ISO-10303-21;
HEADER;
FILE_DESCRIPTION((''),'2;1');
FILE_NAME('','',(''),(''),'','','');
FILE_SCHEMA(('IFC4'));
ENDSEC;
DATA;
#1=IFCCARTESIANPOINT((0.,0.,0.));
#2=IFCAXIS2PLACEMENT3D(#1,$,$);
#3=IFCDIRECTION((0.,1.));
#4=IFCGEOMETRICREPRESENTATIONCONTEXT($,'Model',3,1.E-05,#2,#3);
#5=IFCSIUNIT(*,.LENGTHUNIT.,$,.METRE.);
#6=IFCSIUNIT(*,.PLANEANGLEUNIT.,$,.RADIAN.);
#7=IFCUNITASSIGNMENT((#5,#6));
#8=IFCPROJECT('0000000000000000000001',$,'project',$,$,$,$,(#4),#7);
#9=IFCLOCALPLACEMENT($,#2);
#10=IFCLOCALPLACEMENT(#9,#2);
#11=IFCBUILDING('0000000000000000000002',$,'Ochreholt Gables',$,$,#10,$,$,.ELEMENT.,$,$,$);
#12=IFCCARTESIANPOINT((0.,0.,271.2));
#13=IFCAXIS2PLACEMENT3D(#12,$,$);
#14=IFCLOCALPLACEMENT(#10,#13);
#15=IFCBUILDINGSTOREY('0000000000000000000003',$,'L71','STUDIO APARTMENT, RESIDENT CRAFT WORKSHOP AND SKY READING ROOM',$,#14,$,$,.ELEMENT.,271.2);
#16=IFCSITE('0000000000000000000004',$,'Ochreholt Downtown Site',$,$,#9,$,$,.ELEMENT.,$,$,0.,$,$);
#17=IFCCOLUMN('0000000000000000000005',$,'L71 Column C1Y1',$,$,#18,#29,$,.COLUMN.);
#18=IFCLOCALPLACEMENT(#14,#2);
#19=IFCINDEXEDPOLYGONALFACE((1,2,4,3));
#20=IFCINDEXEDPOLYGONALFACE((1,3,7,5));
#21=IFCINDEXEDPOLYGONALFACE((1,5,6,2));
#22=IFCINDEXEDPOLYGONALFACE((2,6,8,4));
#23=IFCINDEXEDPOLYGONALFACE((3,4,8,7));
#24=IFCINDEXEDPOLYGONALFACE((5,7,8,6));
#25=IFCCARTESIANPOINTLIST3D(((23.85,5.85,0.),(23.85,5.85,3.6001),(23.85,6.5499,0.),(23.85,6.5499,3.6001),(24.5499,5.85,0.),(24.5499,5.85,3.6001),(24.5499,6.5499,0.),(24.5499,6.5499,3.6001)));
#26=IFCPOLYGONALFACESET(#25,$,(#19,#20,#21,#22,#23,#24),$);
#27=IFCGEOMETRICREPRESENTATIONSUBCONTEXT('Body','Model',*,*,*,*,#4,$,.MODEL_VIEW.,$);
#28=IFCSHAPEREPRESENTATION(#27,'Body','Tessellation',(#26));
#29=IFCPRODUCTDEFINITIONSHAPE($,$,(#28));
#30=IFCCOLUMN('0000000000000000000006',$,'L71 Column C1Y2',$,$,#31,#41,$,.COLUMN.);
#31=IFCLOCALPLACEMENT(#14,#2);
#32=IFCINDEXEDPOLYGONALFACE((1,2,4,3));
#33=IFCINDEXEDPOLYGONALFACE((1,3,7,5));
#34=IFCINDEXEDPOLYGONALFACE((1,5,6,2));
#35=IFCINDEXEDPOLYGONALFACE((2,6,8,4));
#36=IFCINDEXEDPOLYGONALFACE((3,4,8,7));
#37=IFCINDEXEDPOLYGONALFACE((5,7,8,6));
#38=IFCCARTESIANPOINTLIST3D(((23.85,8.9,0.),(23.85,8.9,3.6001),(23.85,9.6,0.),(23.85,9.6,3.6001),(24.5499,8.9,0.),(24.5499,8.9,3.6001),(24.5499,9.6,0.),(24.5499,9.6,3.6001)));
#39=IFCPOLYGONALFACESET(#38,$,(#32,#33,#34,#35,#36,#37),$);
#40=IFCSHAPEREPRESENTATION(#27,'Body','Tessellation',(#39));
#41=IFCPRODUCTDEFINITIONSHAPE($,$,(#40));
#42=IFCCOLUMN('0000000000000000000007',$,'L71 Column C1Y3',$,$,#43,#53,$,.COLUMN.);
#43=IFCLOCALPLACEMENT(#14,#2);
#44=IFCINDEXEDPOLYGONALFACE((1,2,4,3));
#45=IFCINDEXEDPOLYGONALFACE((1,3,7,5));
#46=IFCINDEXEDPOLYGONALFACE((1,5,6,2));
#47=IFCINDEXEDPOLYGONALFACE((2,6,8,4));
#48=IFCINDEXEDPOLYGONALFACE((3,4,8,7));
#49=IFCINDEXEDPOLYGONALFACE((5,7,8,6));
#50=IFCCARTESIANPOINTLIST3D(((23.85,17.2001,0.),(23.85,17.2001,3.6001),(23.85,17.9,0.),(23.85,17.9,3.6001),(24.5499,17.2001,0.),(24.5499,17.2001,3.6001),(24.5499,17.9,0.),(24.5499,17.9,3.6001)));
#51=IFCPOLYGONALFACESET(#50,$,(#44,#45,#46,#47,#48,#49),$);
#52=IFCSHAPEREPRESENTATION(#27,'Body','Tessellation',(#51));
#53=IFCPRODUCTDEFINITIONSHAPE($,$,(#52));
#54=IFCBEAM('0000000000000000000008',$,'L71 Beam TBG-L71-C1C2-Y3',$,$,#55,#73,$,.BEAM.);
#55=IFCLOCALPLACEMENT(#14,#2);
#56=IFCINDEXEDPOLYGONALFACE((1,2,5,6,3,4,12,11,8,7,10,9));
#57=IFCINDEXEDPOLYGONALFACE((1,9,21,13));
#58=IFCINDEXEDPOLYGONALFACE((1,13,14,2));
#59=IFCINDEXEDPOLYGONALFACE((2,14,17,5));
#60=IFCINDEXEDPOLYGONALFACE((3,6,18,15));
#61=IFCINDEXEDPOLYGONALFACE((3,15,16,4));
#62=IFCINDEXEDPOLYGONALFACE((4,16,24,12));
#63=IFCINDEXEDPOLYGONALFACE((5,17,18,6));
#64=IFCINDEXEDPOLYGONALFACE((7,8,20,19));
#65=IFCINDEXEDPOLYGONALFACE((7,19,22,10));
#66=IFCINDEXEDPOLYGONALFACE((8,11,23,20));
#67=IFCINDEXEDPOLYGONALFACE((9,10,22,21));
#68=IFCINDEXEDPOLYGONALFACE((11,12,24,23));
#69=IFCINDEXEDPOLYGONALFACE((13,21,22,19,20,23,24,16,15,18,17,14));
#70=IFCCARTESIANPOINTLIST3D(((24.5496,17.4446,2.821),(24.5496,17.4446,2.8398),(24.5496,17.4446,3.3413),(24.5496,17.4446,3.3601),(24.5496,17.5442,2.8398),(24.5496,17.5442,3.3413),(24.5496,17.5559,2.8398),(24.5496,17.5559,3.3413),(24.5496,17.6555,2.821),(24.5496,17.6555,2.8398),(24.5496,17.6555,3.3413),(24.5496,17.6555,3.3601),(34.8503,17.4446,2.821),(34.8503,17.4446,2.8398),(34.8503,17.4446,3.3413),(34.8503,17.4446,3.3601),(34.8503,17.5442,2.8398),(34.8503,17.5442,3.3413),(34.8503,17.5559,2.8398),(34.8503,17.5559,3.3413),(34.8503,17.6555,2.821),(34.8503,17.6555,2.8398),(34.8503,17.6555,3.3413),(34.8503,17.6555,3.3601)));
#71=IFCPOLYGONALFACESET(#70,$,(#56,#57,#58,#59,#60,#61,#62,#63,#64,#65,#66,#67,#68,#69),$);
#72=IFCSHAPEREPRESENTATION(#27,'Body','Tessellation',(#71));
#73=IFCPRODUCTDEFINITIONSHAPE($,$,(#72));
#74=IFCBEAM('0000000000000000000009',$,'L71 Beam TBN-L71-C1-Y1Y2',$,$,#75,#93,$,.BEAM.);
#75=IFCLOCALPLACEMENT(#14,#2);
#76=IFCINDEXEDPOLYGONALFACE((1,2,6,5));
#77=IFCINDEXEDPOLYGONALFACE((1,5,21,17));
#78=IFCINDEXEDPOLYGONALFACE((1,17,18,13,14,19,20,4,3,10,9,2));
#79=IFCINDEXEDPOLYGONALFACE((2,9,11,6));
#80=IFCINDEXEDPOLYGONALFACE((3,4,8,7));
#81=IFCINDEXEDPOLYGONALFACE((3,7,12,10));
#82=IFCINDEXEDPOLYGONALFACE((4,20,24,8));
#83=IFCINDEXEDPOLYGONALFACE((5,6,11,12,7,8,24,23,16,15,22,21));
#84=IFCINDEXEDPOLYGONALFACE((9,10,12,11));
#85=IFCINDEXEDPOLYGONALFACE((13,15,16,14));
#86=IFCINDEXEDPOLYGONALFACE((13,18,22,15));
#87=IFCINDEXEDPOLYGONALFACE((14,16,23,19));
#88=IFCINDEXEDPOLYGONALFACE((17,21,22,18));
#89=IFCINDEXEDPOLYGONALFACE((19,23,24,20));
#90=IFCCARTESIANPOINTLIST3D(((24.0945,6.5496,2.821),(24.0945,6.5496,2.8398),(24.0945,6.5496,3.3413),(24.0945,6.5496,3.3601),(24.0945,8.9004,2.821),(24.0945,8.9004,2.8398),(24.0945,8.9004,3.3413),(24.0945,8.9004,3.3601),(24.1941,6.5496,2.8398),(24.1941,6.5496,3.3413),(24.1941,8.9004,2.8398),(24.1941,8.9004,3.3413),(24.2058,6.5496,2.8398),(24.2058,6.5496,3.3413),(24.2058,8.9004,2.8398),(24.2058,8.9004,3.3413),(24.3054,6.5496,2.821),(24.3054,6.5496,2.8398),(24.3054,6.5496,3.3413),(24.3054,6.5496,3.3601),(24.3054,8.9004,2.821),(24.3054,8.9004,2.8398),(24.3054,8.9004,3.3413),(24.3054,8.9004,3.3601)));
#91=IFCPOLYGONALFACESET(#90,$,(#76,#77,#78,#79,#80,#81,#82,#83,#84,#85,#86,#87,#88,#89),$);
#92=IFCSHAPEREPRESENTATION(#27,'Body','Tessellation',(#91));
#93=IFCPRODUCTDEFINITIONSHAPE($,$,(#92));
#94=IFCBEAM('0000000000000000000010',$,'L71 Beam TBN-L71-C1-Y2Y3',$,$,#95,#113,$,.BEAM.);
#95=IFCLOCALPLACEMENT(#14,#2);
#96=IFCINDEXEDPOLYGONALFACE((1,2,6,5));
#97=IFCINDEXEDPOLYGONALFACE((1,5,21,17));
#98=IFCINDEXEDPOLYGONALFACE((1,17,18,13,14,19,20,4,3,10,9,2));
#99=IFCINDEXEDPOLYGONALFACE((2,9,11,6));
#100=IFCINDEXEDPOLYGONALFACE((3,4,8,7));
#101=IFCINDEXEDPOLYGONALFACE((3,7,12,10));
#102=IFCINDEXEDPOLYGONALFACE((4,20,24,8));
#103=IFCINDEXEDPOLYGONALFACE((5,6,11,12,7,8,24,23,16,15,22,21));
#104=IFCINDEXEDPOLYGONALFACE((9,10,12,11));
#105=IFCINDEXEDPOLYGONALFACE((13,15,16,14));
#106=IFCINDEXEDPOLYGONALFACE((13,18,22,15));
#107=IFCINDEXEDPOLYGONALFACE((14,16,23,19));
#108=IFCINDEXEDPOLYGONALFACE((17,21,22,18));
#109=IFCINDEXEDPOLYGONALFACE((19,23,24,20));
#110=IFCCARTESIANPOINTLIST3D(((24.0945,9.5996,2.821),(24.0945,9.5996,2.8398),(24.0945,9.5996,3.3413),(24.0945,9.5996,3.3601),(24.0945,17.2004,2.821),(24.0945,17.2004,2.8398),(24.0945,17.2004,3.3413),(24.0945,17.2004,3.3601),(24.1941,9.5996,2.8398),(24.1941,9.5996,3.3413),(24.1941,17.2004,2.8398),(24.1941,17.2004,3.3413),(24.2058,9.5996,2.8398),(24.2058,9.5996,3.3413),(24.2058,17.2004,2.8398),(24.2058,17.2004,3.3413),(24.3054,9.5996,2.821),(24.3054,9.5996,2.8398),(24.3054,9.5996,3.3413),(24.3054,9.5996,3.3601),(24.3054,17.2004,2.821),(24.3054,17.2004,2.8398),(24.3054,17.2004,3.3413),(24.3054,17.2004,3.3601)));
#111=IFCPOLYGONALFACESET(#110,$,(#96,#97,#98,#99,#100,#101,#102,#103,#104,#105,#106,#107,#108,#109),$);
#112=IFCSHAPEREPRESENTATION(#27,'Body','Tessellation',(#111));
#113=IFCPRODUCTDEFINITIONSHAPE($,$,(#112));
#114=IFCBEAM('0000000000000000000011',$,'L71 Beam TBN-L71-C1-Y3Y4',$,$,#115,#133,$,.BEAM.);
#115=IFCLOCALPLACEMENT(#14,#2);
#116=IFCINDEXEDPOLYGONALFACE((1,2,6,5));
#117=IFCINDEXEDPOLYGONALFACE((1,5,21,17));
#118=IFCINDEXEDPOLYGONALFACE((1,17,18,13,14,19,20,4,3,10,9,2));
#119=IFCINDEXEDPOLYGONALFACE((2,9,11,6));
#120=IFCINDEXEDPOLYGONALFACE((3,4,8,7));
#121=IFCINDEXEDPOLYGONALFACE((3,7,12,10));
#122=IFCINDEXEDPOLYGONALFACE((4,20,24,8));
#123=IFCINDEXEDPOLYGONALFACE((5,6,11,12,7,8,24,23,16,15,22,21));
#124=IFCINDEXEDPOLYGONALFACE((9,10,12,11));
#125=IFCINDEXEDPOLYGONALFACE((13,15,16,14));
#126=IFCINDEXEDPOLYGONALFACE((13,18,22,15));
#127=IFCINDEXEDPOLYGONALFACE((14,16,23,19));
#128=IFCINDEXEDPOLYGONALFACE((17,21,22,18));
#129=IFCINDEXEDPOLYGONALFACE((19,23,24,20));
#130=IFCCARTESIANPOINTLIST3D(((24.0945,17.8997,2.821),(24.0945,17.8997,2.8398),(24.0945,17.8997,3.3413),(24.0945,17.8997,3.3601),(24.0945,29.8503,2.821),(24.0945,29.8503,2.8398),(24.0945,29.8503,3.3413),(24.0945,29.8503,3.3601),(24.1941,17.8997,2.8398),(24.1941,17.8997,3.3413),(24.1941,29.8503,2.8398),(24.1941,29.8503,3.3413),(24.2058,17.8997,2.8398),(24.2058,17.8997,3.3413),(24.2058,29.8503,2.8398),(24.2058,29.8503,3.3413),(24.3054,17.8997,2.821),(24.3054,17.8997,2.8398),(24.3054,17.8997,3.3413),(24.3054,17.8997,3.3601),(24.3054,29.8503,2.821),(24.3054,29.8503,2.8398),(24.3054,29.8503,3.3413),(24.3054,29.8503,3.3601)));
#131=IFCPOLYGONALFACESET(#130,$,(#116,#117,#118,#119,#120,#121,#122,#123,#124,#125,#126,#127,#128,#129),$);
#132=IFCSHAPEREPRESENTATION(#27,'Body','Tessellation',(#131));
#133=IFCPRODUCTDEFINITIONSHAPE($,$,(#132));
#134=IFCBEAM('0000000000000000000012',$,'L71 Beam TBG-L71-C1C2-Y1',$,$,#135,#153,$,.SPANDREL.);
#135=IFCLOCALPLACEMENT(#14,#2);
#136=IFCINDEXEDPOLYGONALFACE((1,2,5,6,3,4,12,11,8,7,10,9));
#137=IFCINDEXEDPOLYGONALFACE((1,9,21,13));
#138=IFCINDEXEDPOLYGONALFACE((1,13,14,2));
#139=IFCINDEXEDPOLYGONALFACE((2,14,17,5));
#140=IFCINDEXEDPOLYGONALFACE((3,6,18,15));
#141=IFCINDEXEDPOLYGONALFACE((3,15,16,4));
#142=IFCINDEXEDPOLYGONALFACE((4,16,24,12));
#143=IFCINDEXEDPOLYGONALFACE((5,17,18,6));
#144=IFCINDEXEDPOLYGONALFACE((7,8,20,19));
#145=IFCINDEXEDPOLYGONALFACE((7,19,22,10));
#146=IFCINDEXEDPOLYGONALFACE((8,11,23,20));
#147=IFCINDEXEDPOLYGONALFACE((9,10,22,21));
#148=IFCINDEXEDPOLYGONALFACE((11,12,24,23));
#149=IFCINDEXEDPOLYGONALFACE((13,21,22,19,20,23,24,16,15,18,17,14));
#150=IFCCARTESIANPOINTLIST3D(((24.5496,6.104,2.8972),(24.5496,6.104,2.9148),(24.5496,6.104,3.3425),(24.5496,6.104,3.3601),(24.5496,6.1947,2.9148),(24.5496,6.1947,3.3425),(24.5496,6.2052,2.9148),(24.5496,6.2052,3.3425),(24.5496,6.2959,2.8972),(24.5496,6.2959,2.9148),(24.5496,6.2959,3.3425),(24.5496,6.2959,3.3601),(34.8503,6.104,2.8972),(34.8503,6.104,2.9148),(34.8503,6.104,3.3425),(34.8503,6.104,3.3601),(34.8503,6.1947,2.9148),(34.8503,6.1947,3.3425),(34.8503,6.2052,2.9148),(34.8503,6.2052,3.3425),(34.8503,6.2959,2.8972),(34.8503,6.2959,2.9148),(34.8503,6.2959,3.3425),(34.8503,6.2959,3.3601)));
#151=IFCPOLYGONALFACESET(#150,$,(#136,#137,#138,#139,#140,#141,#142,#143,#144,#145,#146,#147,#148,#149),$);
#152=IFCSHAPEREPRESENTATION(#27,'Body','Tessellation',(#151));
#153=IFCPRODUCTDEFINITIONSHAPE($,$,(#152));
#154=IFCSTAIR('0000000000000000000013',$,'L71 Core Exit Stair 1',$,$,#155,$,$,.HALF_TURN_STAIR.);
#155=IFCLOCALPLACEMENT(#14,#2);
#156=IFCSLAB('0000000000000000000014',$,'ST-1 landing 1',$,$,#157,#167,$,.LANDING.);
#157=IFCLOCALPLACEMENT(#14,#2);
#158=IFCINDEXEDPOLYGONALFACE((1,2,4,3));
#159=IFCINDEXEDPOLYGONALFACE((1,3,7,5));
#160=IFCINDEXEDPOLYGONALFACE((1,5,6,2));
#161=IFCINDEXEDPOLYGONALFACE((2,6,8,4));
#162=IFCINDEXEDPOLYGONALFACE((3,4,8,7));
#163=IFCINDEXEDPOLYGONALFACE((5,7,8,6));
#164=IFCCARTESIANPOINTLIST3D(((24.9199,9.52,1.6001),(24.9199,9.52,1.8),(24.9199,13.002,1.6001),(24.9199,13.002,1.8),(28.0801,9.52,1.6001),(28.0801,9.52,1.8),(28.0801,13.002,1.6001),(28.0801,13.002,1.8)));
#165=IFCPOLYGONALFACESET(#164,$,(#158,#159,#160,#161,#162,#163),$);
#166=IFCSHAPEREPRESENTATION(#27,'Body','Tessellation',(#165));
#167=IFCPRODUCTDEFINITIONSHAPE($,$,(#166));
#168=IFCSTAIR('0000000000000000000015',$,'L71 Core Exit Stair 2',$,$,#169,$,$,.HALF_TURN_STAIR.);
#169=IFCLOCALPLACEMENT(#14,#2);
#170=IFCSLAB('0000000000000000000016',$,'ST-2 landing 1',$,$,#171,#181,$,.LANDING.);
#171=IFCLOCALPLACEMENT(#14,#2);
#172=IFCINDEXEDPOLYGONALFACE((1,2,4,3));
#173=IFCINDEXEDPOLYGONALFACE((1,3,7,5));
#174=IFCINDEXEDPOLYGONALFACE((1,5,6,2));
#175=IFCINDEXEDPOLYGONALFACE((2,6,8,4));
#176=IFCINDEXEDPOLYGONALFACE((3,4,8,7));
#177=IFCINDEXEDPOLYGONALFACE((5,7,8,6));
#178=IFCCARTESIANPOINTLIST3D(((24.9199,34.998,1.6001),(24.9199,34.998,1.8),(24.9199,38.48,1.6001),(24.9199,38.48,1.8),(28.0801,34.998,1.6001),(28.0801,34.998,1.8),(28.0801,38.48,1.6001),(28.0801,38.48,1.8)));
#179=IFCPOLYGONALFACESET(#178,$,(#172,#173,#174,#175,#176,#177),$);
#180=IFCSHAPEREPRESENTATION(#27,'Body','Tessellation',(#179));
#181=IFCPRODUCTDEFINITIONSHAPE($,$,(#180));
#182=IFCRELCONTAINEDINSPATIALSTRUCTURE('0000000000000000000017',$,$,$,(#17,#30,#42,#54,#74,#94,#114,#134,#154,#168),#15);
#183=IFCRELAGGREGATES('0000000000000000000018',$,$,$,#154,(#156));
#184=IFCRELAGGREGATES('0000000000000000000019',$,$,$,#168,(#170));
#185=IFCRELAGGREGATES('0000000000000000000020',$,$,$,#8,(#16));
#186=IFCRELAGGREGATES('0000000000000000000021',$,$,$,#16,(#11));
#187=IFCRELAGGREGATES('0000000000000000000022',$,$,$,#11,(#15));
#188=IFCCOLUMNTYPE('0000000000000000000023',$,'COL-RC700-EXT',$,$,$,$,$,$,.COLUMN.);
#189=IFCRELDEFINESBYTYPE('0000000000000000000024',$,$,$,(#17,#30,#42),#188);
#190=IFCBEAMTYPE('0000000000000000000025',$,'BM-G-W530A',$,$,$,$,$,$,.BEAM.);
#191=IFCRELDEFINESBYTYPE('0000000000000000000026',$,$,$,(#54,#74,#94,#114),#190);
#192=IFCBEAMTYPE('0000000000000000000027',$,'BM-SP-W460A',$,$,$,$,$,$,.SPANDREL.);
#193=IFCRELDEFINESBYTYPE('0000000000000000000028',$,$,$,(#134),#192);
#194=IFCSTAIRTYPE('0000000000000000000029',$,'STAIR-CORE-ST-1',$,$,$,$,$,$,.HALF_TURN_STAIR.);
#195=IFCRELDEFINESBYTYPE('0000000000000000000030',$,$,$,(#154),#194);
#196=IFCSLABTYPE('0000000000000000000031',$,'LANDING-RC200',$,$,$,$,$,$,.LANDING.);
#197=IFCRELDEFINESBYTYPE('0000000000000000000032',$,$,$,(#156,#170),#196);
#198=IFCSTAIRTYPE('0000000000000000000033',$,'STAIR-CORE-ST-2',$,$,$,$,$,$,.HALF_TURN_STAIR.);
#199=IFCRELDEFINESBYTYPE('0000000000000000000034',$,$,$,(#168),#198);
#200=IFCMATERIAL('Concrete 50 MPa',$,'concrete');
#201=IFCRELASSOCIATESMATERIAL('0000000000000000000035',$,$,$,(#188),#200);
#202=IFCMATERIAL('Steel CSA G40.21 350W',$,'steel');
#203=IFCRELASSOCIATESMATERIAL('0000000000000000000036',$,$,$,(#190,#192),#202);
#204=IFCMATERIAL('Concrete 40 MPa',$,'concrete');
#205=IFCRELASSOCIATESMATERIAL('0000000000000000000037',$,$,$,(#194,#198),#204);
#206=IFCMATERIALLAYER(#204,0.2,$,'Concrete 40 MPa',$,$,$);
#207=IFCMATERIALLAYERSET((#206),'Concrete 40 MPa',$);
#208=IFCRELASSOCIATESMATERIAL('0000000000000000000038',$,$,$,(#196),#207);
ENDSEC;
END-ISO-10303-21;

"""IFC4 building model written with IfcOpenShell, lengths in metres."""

from ifc_helpers import new_model, si_unit, direction, frame, origin, origin_2d, place, context, subcontext, project, spatial, polyline, rectangle, i_section, outline, extrude, material, layer, layer_set, material_profile, profile_set, type_object, element, aggregate, save


model = new_model("IFC4")

# Units and contexts
model_context = context("Model", 3, precision=1e-05, world=origin(), true_north=direction((0.0, 1.0)))
body_context = subcontext(model_context, "Body", "Model", "MODEL_VIEW")
ifc_project = project(units=[si_unit("LENGTHUNIT", "METRE"), si_unit("PLANEANGLEUNIT", "RADIAN")], contexts=[model_context])

# Site, building, storey
site_placement = place(None, origin())
site = spatial("IfcSite", under=ifc_project, at=site_placement, Name="Ochreholt Downtown Site", CompositionType="ELEMENT", RefElevation=0.0)
building_placement = place(site_placement, origin())
building = spatial("IfcBuilding", under=site, at=building_placement, Name="Ochreholt Gables", CompositionType="ELEMENT")
storey_placement = place(building_placement, frame((0.0, 0.0, 271.2)))
storey = spatial("IfcBuildingStorey", under=building, at=storey_placement, Name="L71", Description="STUDIO APARTMENT, RESIDENT CRAFT WORKSHOP AND SKY READING ROOM", CompositionType="ELEMENT", Elevation=271.2)

# Columns
ifc_material_1 = material(Name="Concrete 50 MPa", Category="concrete")
ifc_material_profile_1 = material_profile(ifc_material_1, rectangle(XDim=0.7, YDim=0.7, at=origin_2d()), Name="RC700X700")
ifc_profile_set_1 = profile_set([ifc_material_profile_1], Name="Concrete 50 MPa")
column_type = type_object("IfcColumnType", Name="COL-RC700-EXT", PredefinedType="COLUMN", material=ifc_profile_set_1)
for number, where, z_axis, x_axis, name in (
    (1, (24.2, 6.2, 0.0), (0.0, 0.0, 1.0), (1.0, 0.0, 0.0), "L71 Column C1Y1"),
    (2, (24.2, 9.25, 0.0), (0.0, 0.0, 1.0), (1.0, 0.0, 0.0), "L71 Column C1Y2"),
    (3, (24.2, 17.55, 0.0), (0.0, 0.0, 1.0), (1.0, 0.0, 0.0), "L71 Column C1Y3"),
):
    element("IfcColumn", number, at=place(storey_placement, frame(where, z_axis=z_axis, x_axis=x_axis)), inside=storey, type_object=column_type, Name=name, PredefinedType="COLUMN", context=body_context, shape_type="SweptSolid", body=[
        extrude(rectangle(XDim=0.7, YDim=0.7, at=origin_2d()), origin(), (0.0, 0.0, 1.0), 3.6001),
    ])

# Beams
ifc_material_2 = material(Name="Steel CSA G40.21 350W", Category="steel")
ifc_material_profile_2 = material_profile(ifc_material_2, i_section(OverallWidth=0.2109, OverallDepth=0.5391, WebThickness=0.0117, FlangeThickness=0.0188, at=origin_2d()), Name="W530X109")
ifc_profile_set_2 = profile_set([ifc_material_profile_2], Name="Steel CSA G40.21 350W")
beam_type_1 = type_object("IfcBeamType", Name="BM-G-W530A", PredefinedType="BEAM", material=ifc_profile_set_2)
beam_1_placement = place(storey_placement, frame((24.5496, 17.55, 3.0906), z_axis=(1.0, 0.0, 0.0), x_axis=(0.0, 1.0, 0.0)))
element("IfcBeam", 4, at=beam_1_placement, inside=storey, type_object=beam_type_1, Name="L71 Beam TBG-L71-C1C2-Y3", PredefinedType="BEAM", context=body_context, shape_type="SweptSolid", body=[
    extrude(i_section(OverallWidth=0.2109, OverallDepth=0.5391, WebThickness=0.0117, FlangeThickness=0.0188, at=origin_2d()), origin(), (0.0, 0.0, 1.0), 10.3008),
])
beam_2_placement = place(storey_placement, frame((24.2, 6.5496, 3.0906), z_axis=(0.0, 1.0, 0.0), x_axis=(-1.0, 0.0, 0.0)))
element("IfcBeam", 5, at=beam_2_placement, inside=storey, type_object=beam_type_1, Name="L71 Beam TBN-L71-C1-Y1Y2", PredefinedType="BEAM", context=body_context, shape_type="SweptSolid", body=[
    extrude(i_section(OverallWidth=0.2109, OverallDepth=0.5391, WebThickness=0.0117, FlangeThickness=0.0188, at=origin_2d()), origin(), (0.0, 0.0, 1.0), 2.3508),
])
beam_3_placement = place(storey_placement, frame((24.2, 9.5996, 3.0906), z_axis=(0.0, 1.0, 0.0), x_axis=(-1.0, 0.0, 0.0)))
element("IfcBeam", 6, at=beam_3_placement, inside=storey, type_object=beam_type_1, Name="L71 Beam TBN-L71-C1-Y2Y3", PredefinedType="BEAM", context=body_context, shape_type="SweptSolid", body=[
    extrude(i_section(OverallWidth=0.2109, OverallDepth=0.5391, WebThickness=0.0117, FlangeThickness=0.0188, at=origin_2d()), origin(), (0.0, 0.0, 1.0), 7.6008),
])
beam_4_placement = place(storey_placement, frame((24.2, 17.8997, 3.0906), z_axis=(0.0, 1.0, 0.0), x_axis=(-1.0, 0.0, 0.0)))
element("IfcBeam", 7, at=beam_4_placement, inside=storey, type_object=beam_type_1, Name="L71 Beam TBN-L71-C1-Y3Y4", PredefinedType="BEAM", context=body_context, shape_type="SweptSolid", body=[
    extrude(i_section(OverallWidth=0.2109, OverallDepth=0.5391, WebThickness=0.0117, FlangeThickness=0.0188, at=origin_2d()), origin(), (0.0, 0.0, 1.0), 11.9507),
])
ifc_material_profile_3 = material_profile(ifc_material_2, i_section(OverallWidth=0.1919, OverallDepth=0.4629, WebThickness=0.0105, FlangeThickness=0.0176, at=origin_2d()), Name="W460X89")
ifc_profile_set_3 = profile_set([ifc_material_profile_3], Name="Steel CSA G40.21 350W")
beam_type_2 = type_object("IfcBeamType", Name="BM-SP-W460A", PredefinedType="SPANDREL", material=ifc_profile_set_3)
beam_5_placement = place(storey_placement, frame((24.5496, 6.2, 3.1287), z_axis=(1.0, 0.0, 0.0), x_axis=(0.0, 1.0, 0.0)))
element("IfcBeam", 8, at=beam_5_placement, inside=storey, type_object=beam_type_2, Name="L71 Beam TBG-L71-C1C2-Y1", PredefinedType="SPANDREL", context=body_context, shape_type="SweptSolid", body=[
    extrude(i_section(OverallWidth=0.1919, OverallDepth=0.4629, WebThickness=0.0105, FlangeThickness=0.0176, at=origin_2d()), origin(), (0.0, 0.0, 1.0), 10.3008),
])

# Stairs, slabs
ifc_material_3 = material(Name="Concrete 40 MPa", Category="concrete")
stair_type_1 = type_object("IfcStairType", Name="STAIR-CORE-ST-1", PredefinedType="HALF_TURN_STAIR", material=ifc_material_3)
stair_1_placement = place(storey_placement, origin())
stair_1 = element("IfcStair", 9, at=stair_1_placement, inside=storey, type_object=stair_type_1, Name="L71 Core Exit Stair 1", PredefinedType="HALF_TURN_STAIR")
ifc_layer_1 = layer(ifc_material_3, 0.2, Name="Concrete 40 MPa")
ifc_layer_set_1 = layer_set([ifc_layer_1], Name="Concrete 40 MPa")
slab_type_1 = type_object("IfcSlabType", Name="LANDING-RC200", PredefinedType="LANDING", material=ifc_layer_set_1)
slab_1_placement = place(storey_placement, frame((0.0, 0.0, 1.6001)))
slab_1 = element("IfcSlab", 10, at=slab_1_placement, type_object=slab_type_1, Name="ST-1 landing 1", PredefinedType="LANDING", context=body_context, shape_type="SweptSolid", body=[
    extrude(outline(polyline([(24.9199, 13.002), (24.9199, 9.52), (28.0801, 9.52), (28.0801, 13.002), (24.9199, 13.002)])), origin(), (0.0, 0.0, 1.0), 0.2),
])
aggregate(stair_1, [slab_1])
stair_type_2 = type_object("IfcStairType", Name="STAIR-CORE-ST-2", PredefinedType="HALF_TURN_STAIR", material=ifc_material_3)
stair_2_placement = place(storey_placement, origin())
stair_2 = element("IfcStair", 11, at=stair_2_placement, inside=storey, type_object=stair_type_2, Name="L71 Core Exit Stair 2", PredefinedType="HALF_TURN_STAIR")
slab_2_placement = place(storey_placement, frame((0.0, 0.0, 1.6001)))
slab_2 = element("IfcSlab", 12, at=slab_2_placement, type_object=slab_type_1, Name="ST-2 landing 1", PredefinedType="LANDING", context=body_context, shape_type="SweptSolid", body=[
    extrude(outline(polyline([(28.0801, 34.998), (28.0801, 38.48), (24.9199, 38.48), (24.9199, 34.998), (28.0801, 34.998)])), origin(), (0.0, 0.0, 1.0), 0.2),
])
aggregate(stair_2, [slab_2])

save(model, "model.ifc")
